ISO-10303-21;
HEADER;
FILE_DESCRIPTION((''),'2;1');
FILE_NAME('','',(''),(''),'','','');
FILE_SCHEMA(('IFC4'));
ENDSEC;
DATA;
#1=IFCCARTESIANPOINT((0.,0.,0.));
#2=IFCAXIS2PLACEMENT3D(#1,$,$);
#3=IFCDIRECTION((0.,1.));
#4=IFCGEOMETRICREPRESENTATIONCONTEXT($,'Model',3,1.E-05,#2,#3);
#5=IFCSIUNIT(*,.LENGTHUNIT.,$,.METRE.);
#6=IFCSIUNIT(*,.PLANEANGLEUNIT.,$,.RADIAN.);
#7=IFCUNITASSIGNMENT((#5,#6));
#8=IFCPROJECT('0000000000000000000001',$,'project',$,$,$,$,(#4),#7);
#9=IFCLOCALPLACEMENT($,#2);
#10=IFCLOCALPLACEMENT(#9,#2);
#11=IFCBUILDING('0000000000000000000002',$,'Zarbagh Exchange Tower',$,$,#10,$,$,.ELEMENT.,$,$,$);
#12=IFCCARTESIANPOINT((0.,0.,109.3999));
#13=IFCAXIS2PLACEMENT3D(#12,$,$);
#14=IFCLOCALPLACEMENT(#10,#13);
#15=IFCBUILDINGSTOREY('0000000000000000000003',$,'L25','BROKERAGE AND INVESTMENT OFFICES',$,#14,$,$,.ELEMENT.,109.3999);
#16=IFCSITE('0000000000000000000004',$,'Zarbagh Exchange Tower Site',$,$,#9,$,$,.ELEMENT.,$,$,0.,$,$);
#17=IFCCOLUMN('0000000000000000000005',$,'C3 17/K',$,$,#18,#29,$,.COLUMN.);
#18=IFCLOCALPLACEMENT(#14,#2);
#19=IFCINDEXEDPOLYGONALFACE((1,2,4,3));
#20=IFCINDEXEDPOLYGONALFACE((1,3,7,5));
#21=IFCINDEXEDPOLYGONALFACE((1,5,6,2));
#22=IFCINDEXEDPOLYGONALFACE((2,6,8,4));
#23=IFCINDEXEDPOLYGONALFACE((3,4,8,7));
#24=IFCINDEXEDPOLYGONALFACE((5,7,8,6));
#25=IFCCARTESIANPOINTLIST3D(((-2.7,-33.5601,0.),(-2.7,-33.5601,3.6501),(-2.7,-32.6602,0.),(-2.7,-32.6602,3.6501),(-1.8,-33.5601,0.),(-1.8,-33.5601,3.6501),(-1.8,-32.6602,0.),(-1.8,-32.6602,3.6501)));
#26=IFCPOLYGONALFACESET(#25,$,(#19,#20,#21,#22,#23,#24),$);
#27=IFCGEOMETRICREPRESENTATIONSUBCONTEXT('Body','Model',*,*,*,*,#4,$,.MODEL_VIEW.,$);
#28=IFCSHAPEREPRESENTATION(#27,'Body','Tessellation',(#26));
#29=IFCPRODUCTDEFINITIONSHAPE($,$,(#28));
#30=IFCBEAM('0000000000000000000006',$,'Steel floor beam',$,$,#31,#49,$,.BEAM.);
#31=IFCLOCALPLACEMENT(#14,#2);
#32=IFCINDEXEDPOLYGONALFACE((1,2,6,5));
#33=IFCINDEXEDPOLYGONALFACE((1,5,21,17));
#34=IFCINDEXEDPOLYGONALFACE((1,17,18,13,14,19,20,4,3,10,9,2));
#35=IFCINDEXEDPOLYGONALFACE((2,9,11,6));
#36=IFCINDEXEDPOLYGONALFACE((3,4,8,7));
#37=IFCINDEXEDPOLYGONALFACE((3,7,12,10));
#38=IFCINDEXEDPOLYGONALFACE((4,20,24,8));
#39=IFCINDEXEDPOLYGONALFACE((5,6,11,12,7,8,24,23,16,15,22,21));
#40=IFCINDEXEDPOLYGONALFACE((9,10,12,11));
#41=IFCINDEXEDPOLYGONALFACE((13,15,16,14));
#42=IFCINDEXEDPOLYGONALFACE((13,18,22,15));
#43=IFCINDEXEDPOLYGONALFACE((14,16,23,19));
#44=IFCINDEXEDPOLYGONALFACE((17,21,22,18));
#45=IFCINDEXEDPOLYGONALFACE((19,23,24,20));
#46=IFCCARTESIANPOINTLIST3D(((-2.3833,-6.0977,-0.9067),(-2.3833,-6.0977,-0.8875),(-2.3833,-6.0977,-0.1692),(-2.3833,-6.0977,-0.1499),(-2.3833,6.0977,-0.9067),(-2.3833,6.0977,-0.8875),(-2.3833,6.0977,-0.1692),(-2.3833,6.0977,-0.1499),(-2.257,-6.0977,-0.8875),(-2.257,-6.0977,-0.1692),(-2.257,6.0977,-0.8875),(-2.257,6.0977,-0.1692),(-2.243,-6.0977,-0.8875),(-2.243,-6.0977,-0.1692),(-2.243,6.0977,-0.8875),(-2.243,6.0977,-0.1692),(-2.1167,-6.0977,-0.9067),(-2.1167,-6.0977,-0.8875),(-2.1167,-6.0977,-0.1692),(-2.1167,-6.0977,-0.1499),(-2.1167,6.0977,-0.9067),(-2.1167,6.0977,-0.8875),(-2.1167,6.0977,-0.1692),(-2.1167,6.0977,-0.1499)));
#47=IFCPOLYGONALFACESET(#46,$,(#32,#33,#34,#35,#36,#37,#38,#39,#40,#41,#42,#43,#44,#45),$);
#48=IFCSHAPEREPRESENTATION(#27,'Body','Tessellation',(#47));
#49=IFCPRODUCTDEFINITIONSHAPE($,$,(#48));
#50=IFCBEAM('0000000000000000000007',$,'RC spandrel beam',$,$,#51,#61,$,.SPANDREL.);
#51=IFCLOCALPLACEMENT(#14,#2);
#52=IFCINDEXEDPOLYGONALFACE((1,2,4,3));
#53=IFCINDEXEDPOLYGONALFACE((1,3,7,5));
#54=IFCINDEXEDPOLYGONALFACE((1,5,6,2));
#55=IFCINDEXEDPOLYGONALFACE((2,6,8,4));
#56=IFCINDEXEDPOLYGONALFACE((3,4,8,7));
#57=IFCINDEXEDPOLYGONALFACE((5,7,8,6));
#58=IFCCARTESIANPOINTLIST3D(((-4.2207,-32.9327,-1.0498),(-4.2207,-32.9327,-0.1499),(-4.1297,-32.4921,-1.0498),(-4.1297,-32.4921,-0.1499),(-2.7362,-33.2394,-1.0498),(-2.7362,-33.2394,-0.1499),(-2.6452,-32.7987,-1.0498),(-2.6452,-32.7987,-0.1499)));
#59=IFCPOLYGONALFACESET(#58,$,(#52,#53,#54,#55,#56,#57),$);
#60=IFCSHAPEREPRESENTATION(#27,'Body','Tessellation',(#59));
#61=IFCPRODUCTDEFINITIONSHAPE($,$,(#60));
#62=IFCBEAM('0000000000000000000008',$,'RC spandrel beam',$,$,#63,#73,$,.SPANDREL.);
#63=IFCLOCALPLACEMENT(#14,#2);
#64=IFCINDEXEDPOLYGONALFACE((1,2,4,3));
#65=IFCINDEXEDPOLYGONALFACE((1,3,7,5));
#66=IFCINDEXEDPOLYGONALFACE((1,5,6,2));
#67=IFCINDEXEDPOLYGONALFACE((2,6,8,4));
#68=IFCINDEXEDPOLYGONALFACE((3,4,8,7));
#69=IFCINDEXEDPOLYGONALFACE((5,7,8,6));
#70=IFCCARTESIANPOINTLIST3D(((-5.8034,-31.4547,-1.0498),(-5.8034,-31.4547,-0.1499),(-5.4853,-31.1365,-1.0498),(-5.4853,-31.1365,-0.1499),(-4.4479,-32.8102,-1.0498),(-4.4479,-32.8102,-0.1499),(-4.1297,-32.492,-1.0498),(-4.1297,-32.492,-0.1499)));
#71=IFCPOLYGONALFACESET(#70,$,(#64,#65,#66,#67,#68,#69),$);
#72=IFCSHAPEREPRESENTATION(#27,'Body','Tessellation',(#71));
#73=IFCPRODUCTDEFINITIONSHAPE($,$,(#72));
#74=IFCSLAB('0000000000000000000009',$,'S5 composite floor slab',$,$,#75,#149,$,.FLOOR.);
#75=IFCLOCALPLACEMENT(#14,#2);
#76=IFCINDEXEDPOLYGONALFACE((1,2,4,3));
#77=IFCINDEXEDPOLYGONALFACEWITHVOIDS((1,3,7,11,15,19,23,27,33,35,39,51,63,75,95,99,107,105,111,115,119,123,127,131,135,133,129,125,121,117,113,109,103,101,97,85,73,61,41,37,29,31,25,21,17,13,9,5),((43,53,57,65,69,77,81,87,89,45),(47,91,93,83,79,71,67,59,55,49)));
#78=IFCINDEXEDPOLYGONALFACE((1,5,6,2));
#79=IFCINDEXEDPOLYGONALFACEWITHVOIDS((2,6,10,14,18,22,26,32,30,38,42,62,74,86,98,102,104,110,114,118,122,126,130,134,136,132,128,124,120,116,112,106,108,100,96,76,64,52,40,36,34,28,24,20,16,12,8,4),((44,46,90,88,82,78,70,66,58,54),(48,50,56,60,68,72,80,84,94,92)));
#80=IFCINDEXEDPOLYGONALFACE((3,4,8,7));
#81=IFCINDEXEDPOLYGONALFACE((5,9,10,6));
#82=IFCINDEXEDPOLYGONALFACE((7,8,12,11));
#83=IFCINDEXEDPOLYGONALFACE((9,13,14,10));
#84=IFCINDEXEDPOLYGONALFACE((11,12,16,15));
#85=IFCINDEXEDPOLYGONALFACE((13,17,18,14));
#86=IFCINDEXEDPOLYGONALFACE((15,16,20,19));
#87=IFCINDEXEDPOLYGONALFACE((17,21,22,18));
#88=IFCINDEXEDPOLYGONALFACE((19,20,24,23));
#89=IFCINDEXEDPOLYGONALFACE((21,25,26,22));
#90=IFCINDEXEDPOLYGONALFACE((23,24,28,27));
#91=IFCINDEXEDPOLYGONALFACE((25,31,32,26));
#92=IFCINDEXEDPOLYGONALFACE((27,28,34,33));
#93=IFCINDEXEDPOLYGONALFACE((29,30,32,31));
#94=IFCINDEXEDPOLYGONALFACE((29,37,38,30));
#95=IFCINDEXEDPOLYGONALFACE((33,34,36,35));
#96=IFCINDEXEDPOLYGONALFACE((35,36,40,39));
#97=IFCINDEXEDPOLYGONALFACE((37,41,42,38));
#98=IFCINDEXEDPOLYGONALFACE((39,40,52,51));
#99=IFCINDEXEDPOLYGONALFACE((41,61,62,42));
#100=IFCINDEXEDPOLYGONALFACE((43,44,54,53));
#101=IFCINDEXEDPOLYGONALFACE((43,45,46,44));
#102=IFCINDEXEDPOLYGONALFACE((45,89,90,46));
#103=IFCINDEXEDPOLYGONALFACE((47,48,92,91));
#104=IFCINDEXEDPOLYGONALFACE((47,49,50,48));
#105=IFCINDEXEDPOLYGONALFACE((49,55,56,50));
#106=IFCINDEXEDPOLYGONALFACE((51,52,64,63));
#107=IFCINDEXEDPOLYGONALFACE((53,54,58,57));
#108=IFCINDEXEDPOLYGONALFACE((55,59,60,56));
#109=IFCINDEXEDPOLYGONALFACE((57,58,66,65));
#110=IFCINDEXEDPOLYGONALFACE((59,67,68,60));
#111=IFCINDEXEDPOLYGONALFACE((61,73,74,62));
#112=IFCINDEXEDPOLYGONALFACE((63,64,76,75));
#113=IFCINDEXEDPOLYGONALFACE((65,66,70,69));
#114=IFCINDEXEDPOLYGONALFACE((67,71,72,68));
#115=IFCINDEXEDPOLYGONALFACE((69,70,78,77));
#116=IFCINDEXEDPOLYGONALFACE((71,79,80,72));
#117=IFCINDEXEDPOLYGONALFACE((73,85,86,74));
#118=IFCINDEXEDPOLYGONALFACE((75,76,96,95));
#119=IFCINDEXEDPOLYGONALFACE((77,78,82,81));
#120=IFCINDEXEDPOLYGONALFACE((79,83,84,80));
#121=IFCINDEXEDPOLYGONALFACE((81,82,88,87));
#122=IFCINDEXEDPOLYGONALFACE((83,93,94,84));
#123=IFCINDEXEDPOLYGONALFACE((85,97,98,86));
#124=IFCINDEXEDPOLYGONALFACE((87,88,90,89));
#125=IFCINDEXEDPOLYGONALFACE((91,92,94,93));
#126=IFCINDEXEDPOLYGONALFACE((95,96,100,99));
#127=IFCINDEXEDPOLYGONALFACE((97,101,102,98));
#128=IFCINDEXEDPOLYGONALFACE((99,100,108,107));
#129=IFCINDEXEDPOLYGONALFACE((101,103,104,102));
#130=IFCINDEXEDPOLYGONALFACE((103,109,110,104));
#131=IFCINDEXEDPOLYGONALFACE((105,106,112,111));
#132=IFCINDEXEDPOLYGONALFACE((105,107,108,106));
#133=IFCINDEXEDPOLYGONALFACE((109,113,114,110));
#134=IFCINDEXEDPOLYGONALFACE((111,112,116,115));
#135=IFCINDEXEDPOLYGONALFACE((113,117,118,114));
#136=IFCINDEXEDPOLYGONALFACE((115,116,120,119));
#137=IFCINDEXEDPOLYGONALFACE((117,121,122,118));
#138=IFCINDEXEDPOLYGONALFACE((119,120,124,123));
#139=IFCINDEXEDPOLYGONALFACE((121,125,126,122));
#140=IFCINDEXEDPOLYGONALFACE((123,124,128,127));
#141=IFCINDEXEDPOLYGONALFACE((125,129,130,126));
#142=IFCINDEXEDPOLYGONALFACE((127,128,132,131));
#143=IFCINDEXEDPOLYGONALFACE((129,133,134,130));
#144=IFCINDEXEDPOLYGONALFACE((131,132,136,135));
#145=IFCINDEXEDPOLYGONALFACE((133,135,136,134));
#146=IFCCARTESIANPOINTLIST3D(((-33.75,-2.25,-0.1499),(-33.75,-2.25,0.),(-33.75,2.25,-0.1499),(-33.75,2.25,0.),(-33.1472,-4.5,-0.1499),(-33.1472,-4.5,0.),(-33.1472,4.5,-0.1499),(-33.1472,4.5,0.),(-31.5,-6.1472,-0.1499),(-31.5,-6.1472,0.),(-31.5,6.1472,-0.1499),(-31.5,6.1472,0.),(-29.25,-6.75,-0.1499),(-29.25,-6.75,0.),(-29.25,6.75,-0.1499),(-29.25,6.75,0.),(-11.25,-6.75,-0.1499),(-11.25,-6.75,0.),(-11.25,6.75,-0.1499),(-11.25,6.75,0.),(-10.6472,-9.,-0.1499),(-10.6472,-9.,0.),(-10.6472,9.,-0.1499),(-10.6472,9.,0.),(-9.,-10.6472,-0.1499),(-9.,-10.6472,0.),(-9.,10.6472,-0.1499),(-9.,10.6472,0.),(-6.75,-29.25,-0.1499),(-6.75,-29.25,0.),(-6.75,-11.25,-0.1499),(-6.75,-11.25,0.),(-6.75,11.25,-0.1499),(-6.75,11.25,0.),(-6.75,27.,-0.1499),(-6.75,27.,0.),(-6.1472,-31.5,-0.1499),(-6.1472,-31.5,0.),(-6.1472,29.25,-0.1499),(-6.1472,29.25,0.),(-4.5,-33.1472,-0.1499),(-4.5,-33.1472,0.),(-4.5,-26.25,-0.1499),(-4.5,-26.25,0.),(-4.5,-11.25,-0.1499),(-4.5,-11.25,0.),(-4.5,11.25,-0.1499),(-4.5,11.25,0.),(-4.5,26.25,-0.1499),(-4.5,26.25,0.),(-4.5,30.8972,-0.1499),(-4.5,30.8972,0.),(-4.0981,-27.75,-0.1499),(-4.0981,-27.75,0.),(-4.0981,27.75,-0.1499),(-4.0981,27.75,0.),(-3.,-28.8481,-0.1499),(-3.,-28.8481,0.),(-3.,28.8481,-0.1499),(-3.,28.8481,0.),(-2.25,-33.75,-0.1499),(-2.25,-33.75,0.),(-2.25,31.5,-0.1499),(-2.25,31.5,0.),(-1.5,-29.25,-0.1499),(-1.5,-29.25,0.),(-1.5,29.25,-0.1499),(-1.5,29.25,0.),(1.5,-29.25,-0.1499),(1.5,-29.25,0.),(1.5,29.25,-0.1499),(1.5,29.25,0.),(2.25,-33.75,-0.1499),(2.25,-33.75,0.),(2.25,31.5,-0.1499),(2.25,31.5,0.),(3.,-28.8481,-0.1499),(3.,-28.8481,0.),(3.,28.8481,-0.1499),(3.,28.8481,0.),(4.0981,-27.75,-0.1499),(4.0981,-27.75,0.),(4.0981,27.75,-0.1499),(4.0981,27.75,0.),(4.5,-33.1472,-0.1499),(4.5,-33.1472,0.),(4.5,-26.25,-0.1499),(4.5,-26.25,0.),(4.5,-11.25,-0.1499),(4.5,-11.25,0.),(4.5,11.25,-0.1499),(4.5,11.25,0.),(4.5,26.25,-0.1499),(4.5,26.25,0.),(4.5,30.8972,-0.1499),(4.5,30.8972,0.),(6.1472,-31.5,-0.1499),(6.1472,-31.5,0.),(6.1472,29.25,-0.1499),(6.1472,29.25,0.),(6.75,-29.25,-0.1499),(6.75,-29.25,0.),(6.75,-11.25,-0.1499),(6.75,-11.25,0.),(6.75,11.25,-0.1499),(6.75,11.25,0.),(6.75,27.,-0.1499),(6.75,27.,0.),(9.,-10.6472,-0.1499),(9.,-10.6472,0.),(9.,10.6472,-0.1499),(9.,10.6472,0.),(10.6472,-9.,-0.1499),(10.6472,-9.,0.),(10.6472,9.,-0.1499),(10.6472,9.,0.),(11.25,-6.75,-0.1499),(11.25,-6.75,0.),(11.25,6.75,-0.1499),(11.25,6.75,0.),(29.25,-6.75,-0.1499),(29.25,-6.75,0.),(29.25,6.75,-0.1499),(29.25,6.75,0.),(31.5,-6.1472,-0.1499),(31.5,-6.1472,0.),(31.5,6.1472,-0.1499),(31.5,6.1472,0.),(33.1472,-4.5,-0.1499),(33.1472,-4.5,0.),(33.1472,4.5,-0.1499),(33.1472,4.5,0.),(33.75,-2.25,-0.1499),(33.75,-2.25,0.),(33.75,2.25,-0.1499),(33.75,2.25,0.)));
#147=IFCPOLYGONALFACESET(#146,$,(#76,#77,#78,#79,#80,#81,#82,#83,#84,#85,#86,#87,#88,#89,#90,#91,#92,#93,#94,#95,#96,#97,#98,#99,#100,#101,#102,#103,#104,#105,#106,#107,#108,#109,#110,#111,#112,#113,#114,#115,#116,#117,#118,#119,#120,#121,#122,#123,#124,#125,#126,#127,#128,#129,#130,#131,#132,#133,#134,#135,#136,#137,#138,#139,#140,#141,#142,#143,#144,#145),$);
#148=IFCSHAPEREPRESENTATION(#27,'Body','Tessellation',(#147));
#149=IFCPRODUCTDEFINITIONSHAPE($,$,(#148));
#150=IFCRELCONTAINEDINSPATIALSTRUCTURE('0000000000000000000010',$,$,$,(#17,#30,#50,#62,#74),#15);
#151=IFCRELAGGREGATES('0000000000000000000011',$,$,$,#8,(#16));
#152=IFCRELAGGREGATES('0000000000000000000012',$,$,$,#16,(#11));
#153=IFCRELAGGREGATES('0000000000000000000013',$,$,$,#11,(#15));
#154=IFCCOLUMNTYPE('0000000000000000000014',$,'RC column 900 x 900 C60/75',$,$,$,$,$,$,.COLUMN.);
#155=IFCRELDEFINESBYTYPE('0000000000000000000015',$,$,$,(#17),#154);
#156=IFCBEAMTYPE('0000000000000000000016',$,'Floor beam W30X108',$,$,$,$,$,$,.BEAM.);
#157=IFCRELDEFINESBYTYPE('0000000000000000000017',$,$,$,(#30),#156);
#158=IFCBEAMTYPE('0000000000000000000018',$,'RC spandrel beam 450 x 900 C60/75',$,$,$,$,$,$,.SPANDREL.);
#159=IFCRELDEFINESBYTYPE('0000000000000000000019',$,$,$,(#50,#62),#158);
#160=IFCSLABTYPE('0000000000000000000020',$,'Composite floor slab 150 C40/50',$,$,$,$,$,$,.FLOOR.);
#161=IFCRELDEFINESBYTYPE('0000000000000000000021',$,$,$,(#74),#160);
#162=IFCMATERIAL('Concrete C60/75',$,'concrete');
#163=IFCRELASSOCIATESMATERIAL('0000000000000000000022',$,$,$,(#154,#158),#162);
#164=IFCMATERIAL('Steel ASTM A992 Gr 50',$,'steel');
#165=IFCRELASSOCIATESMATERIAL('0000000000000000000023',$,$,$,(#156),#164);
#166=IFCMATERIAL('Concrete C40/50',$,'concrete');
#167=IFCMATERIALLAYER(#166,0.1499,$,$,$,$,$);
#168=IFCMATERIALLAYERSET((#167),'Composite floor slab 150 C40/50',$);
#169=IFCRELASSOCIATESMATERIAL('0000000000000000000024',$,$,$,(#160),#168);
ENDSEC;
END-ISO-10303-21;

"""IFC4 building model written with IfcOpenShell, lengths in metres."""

from ifc_helpers import new_model, si_unit, direction, frame, origin, origin_2d, place, context, subcontext, project, spatial, polyline, rectangle, i_section, outline, extrude, material, layer, layer_set, material_profile, profile_set, type_object, element, save


model = new_model("IFC4")

# Units and contexts
model_context = context("Model", 3, precision=1e-05, world=origin(), true_north=direction((0.0, 1.0)))
body_context = subcontext(model_context, "Body", "Model", "MODEL_VIEW")
ifc_project = project(units=[si_unit("LENGTHUNIT", "METRE"), si_unit("PLANEANGLEUNIT", "RADIAN")], contexts=[model_context])

# Site, building, storey
site_placement = place(None, origin())
site = spatial("IfcSite", under=ifc_project, at=site_placement, Name="Zarbagh Exchange Tower Site", CompositionType="ELEMENT", RefElevation=0.0)
building_placement = place(site_placement, origin())
building = spatial("IfcBuilding", under=site, at=building_placement, Name="Zarbagh Exchange Tower", CompositionType="ELEMENT")
storey_placement = place(building_placement, frame((0.0, 0.0, 109.3999)))
storey = spatial("IfcBuildingStorey", under=building, at=storey_placement, Name="L25", Description="BROKERAGE AND INVESTMENT OFFICES", CompositionType="ELEMENT", Elevation=109.3999)

# Column
ifc_material_1 = material(Name="Concrete C60/75", Category="concrete")
ifc_material_profile_1 = material_profile(ifc_material_1, rectangle(XDim=0.8999, YDim=0.8999, at=origin_2d()), Name="RC column 900 x 900 C60/75")
ifc_profile_set_1 = profile_set([ifc_material_profile_1], Name="Concrete C60/75")
column_type = type_object("IfcColumnType", Name="RC column 900 x 900 C60/75", PredefinedType="COLUMN", material=ifc_profile_set_1)
column_placement = place(storey_placement, frame((-2.25, -33.1101, 0.0), z_axis=(0.0, 0.0, 1.0), x_axis=(1.0, 0.0, 0.0)))
element("IfcColumn", 1, at=column_placement, inside=storey, type_object=column_type, Name="C3 17/K", PredefinedType="COLUMN", context=body_context, shape_type="SweptSolid", body=[
    extrude(rectangle(XDim=0.8999, YDim=0.8999, at=origin_2d()), origin(), (0.0, 0.0, 1.0), 3.6501),
])

# Beams
ifc_material_2 = material(Name="Steel ASTM A992 Gr 50", Category="steel")
ifc_material_profile_2 = material_profile(ifc_material_2, i_section(OverallWidth=0.2666, OverallDepth=0.7568, WebThickness=0.0139, FlangeThickness=0.0193, at=origin_2d()), Name="W30X108")
ifc_profile_set_2 = profile_set([ifc_material_profile_2], Name="Steel ASTM A992 Gr 50")
beam_type_1 = type_object("IfcBeamType", Name="Floor beam W30X108", PredefinedType="BEAM", material=ifc_profile_set_2)
beam_1_placement = place(storey_placement, frame((-2.25, -6.0977, -0.5283), z_axis=(0.0, 1.0, 0.0), x_axis=(-1.0, 0.0, 0.0)))
element("IfcBeam", 2, at=beam_1_placement, inside=storey, type_object=beam_type_1, Name="Steel floor beam", PredefinedType="BEAM", context=body_context, shape_type="SweptSolid", body=[
    extrude(i_section(OverallWidth=0.2666, OverallDepth=0.7568, WebThickness=0.0139, FlangeThickness=0.0193, at=origin_2d()), origin(), (0.0, 0.0, 1.0), 12.1953),
])
ifc_material_profile_3 = material_profile(ifc_material_1, rectangle(XDim=0.45, YDim=0.8999, at=origin_2d()), Name="RC spandrel beam 450 x 900 C60/75")
ifc_profile_set_3 = profile_set([ifc_material_profile_3], Name="Concrete C60/75")
beam_type_2 = type_object("IfcBeamType", Name="RC spandrel beam 450 x 900 C60/75", PredefinedType="SPANDREL", material=ifc_profile_set_3)
beam_2_placement = place(storey_placement, frame((-2.6907, -33.019, -0.5999), z_axis=(-0.979329, 0.202275, 0.0), x_axis=(-0.202275, -0.979329, 0.0)))
element("IfcBeam", 3, at=beam_2_placement, inside=storey, type_object=beam_type_2, Name="RC spandrel beam", PredefinedType="SPANDREL", context=body_context, shape_type="SweptSolid", body=[
    extrude(rectangle(XDim=0.45, YDim=0.8999, at=origin_2d()), origin(), (0.0, 0.0, 1.0), 1.5159),
])
beam_3_placement = place(storey_placement, frame((-4.2888, -32.6511, -0.5999), z_axis=(-0.707107, 0.707107, 0.0), x_axis=(-0.707107, -0.707107, 0.0)))
element("IfcBeam", 4, at=beam_3_placement, inside=storey, type_object=beam_type_2, Name="RC spandrel beam", PredefinedType="SPANDREL", context=body_context, shape_type="SweptSolid", body=[
    extrude(rectangle(XDim=0.45, YDim=0.8999, at=origin_2d()), origin(), (0.0, 0.0, 1.0), 1.917),
])

# Slab
ifc_material_3 = material(Name="Concrete C40/50", Category="concrete")
ifc_layer_1 = layer(ifc_material_3, 0.1499)
ifc_layer_set_1 = layer_set([ifc_layer_1], Name="Composite floor slab 150 C40/50")
slab_type = type_object("IfcSlabType", Name="Composite floor slab 150 C40/50", PredefinedType="FLOOR", material=ifc_layer_set_1)
slab_placement = place(storey_placement, frame((0.0, 0.0, -0.1499)))
element("IfcSlab", 5, at=slab_placement, inside=storey, type_object=slab_type, Name="S5 composite floor slab", PredefinedType="FLOOR", context=body_context, shape_type="SweptSolid", body=[
    extrude(outline(polyline([(-2.25, -33.75), (-4.5, -33.1472), (-6.1472, -31.5), (-6.75, -29.25), (-6.75, -11.25), (-9.0, -10.6472), (-10.6472, -9.0), (-11.25, -6.75), (-29.25, -6.75), (-31.5, -6.1472), (-33.1472, -4.5), (-33.75, -2.25), (-33.75, 2.25), (-33.1472, 4.5), (-31.5, 6.1472), (-29.25, 6.75), (-11.25, 6.75), (-10.6472, 9.0), (-9.0, 10.6472), (-6.75, 11.25), (-6.75, 27.0), (-6.1472, 29.25), (-4.5, 30.8972), (-2.25, 31.5), (2.25, 31.5), (4.5, 30.8972), (6.1472, 29.25), (6.75, 27.0), (6.75, 11.25), (9.0, 10.6472), (10.6472, 9.0), (11.25, 6.75), (29.25, 6.75), (31.5, 6.1472), (33.1472, 4.5), (33.75, 2.25), (33.75, -2.25), (33.1472, -4.5), (31.5, -6.1472), (29.25, -6.75), (11.25, -6.75), (10.6472, -9.0), (9.0, -10.6472), (6.75, -11.25), (6.75, -29.25), (6.1472, -31.5), (4.5, -33.1472), (2.25, -33.75), (-2.25, -33.75)]), holes=[polyline([(4.5, 11.25), (4.5, 26.25), (4.0981, 27.75), (3.0, 28.8481), (1.5, 29.25), (-1.5, 29.25), (-3.0, 28.8481), (-4.0981, 27.75), (-4.5, 26.25), (-4.5, 11.25), (4.5, 11.25)]), polyline([(-1.5, -29.25), (1.5, -29.25), (3.0, -28.8481), (4.0981, -27.75), (4.5, -26.25), (4.5, -11.25), (-4.5, -11.25), (-4.5, -26.25), (-4.0981, -27.75), (-3.0, -28.8481), (-1.5, -29.25)])]), origin(), (0.0, 0.0, 1.0), 0.1499),
])

save(model, "model.ifc")
